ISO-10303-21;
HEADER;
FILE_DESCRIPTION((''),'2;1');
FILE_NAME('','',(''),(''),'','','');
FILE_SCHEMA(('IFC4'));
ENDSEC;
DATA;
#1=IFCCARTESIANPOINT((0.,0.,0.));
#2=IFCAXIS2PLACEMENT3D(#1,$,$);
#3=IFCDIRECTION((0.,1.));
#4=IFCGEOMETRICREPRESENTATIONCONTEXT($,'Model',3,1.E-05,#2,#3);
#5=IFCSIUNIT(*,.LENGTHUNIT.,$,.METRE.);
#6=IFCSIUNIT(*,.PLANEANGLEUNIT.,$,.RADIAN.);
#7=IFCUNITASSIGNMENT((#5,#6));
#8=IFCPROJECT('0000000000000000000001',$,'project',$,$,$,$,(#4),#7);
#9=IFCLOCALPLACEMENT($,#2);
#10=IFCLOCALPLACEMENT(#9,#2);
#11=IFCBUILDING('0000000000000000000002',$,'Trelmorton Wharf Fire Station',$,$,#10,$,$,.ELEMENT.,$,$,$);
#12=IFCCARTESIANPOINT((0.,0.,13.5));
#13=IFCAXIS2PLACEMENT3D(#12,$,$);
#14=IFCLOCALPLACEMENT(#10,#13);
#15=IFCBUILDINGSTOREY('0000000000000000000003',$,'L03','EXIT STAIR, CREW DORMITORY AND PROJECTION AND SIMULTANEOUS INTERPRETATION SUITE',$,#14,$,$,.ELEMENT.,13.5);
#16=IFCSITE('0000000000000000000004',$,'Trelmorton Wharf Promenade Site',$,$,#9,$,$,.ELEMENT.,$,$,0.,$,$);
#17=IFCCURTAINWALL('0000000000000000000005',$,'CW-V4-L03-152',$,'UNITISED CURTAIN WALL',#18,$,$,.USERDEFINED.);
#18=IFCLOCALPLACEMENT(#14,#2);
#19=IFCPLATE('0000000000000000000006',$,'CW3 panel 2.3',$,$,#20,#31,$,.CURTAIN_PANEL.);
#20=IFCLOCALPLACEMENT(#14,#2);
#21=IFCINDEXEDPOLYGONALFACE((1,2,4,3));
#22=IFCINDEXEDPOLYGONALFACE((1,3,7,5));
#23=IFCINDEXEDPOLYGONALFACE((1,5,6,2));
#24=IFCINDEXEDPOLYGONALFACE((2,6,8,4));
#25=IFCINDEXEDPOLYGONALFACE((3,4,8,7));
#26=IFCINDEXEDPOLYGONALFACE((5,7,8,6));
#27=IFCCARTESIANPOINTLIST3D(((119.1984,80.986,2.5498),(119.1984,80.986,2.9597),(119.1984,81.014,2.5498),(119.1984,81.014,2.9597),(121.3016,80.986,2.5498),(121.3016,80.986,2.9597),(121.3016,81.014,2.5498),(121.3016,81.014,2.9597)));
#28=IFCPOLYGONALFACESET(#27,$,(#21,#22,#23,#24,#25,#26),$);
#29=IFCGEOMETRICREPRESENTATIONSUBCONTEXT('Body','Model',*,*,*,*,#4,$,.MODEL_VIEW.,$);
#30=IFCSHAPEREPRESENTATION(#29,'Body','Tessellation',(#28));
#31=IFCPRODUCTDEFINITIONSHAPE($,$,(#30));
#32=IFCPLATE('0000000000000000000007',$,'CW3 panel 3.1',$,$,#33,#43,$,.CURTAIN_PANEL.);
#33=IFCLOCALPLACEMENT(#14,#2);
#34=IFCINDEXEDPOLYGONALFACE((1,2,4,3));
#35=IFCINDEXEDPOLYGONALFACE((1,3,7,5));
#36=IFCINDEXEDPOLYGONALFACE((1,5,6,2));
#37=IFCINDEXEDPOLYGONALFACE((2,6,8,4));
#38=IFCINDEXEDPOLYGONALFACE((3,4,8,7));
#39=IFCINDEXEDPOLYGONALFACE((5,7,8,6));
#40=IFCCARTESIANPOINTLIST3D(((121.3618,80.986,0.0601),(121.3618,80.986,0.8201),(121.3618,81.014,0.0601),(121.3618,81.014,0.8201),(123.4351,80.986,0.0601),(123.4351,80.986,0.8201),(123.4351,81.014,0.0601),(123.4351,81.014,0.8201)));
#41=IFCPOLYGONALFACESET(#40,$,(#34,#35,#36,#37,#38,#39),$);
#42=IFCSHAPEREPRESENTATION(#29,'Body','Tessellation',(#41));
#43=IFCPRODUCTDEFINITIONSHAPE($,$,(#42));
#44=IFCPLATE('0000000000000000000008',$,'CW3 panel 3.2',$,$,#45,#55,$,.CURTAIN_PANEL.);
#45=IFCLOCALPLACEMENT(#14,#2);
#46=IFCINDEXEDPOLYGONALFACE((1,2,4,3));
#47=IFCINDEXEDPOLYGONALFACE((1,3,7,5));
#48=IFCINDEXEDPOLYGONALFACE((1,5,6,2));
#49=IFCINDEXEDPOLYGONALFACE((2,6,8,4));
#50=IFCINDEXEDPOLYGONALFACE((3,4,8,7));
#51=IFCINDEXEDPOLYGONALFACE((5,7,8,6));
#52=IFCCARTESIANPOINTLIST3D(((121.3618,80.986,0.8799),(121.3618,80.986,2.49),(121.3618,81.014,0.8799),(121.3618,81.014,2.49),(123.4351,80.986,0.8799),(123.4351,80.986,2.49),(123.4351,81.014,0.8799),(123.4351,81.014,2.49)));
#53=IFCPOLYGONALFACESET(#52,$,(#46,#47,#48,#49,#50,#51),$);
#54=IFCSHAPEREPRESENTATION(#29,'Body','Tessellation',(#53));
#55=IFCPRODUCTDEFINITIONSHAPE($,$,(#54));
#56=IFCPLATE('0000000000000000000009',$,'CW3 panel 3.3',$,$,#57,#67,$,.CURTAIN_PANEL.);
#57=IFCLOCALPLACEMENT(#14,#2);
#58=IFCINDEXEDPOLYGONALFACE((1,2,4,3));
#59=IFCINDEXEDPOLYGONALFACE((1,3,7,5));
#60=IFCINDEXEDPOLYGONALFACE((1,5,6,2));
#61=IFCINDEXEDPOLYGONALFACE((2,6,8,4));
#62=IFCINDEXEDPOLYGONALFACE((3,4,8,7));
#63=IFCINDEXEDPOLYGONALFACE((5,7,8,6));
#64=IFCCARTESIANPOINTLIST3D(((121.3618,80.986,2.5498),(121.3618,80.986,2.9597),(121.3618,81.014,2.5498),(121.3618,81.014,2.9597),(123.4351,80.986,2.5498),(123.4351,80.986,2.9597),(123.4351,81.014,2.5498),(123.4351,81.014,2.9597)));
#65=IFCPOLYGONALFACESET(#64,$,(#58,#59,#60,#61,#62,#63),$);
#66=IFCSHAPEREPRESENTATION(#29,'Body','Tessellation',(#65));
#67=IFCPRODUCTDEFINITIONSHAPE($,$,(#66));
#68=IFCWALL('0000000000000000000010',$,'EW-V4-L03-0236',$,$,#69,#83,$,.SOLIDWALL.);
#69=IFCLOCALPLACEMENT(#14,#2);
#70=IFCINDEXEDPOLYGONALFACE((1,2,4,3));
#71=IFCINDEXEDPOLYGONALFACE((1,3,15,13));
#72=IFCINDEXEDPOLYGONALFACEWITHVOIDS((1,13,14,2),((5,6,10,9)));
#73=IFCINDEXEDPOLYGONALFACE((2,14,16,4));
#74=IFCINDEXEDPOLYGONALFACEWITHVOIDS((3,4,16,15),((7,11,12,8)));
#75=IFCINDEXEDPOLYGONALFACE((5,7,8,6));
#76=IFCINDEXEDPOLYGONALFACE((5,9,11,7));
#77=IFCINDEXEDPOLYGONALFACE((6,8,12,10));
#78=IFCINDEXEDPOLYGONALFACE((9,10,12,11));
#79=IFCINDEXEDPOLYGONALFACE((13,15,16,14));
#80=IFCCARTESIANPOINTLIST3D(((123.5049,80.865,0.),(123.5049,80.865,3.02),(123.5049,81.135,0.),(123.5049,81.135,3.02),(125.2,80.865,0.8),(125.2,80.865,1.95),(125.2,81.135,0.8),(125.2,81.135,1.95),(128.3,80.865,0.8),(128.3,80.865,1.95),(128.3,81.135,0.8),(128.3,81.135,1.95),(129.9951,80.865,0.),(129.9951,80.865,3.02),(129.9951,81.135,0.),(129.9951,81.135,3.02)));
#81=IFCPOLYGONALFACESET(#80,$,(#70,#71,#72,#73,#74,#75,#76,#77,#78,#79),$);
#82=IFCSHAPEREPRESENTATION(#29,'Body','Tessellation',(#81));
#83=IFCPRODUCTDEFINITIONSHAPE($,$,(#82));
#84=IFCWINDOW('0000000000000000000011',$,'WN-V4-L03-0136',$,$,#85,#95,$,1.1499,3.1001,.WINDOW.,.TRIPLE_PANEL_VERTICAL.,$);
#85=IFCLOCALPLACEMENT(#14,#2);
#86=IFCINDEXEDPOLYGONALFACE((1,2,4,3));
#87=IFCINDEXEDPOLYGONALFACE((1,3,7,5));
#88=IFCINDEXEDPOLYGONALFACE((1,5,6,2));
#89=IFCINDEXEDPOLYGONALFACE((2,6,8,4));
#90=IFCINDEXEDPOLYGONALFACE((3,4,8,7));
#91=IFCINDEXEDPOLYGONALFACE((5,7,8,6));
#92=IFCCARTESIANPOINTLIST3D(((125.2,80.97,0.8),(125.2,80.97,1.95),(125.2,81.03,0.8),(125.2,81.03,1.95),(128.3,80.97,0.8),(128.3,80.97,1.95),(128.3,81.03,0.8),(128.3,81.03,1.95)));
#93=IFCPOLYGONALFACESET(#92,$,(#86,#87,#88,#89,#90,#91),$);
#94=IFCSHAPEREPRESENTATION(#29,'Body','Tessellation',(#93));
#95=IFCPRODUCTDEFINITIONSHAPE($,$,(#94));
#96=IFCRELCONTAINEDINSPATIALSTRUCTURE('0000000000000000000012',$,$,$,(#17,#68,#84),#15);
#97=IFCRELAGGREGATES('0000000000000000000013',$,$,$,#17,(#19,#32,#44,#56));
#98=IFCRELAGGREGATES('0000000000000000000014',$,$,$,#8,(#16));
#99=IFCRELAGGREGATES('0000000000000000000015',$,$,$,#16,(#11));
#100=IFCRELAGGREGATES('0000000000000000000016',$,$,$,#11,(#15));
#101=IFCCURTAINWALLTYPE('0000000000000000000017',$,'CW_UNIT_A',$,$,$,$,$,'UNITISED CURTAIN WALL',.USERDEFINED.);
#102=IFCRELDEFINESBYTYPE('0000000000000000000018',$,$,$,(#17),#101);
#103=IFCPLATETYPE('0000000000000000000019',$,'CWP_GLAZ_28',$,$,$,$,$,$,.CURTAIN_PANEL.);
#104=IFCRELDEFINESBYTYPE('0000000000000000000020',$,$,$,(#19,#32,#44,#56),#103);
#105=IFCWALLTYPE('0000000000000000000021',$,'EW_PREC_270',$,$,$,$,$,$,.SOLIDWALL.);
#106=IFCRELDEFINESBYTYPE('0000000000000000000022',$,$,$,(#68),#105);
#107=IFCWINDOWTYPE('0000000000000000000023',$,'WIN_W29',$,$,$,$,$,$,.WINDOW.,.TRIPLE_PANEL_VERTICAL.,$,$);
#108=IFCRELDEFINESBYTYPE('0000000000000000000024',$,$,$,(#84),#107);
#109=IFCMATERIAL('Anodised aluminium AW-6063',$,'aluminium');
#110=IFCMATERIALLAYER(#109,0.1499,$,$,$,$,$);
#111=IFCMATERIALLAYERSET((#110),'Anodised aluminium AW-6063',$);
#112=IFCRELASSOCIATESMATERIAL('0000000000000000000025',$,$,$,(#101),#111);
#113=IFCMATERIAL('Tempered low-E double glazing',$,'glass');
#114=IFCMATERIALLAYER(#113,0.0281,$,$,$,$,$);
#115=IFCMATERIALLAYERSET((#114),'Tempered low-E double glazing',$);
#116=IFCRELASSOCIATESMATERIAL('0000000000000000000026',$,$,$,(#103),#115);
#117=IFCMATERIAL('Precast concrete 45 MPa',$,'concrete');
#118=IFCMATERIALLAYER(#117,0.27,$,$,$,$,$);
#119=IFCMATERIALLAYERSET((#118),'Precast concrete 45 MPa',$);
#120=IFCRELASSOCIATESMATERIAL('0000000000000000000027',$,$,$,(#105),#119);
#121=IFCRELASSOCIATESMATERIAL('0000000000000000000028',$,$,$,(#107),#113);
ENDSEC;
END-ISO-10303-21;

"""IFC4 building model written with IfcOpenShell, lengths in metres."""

from ifc_helpers import new_model, si_unit, direction, frame, frame_2d, origin, origin_2d, place, context, subcontext, project, spatial, rectangle, extrude, material, layer, layer_set, type_object, element, fill, aggregate, save


model = new_model("IFC4")

# Units and contexts
model_context = context("Model", 3, precision=1e-05, world=origin(), true_north=direction((0.0, 1.0)))
body_context = subcontext(model_context, "Body", "Model", "MODEL_VIEW")
ifc_project = project(units=[si_unit("LENGTHUNIT", "METRE"), si_unit("PLANEANGLEUNIT", "RADIAN")], contexts=[model_context])

# Site, building, storey
site_placement = place(None, origin())
site = spatial("IfcSite", under=ifc_project, at=site_placement, Name="Trelmorton Wharf Promenade Site", CompositionType="ELEMENT", RefElevation=0.0)
building_placement = place(site_placement, origin())
building = spatial("IfcBuilding", under=site, at=building_placement, Name="Trelmorton Wharf Fire Station", CompositionType="ELEMENT")
storey_placement = place(building_placement, frame((0.0, 0.0, 13.5)))
storey = spatial("IfcBuildingStorey", under=building, at=storey_placement, Name="L03", Description="EXIT STAIR, CREW DORMITORY AND PROJECTION AND SIMULTANEOUS INTERPRETATION SUITE", CompositionType="ELEMENT", Elevation=13.5)

# Shared definitions
ifc_material_1 = material(Name="Anodised aluminium AW-6063", Category="aluminium")
ifc_layer_1 = layer(ifc_material_1, 0.1499)
ifc_layer_set_1 = layer_set([ifc_layer_1], Name="Anodised aluminium AW-6063")
curtain_wall_type = type_object("IfcCurtainWallType", Name="CW_UNIT_A", ElementType="UNITISED CURTAIN WALL", PredefinedType="USERDEFINED", material=ifc_layer_set_1)

# Curtain wall
curtain_wall_1_placement = place(storey_placement, origin())
curtain_wall_1 = element("IfcCurtainWall", 1, at=curtain_wall_1_placement, inside=storey, type_object=curtain_wall_type, Name="CW-V4-L03-152", ObjectType="UNITISED CURTAIN WALL", PredefinedType="USERDEFINED")

# Plates
ifc_material_2 = material(Name="Tempered low-E double glazing", Category="glass")
ifc_layer_2 = layer(ifc_material_2, 0.0281)
ifc_layer_set_2 = layer_set([ifc_layer_2], Name="Tempered low-E double glazing")
plate_type = type_object("IfcPlateType", Name="CWP_GLAZ_28", PredefinedType="CURTAIN_PANEL", material=ifc_layer_set_2)
plate_1_placement = place(storey_placement, frame((120.25, 81.0, 2.5498), z_axis=(0.0, 0.0, 1.0), x_axis=(1.0, 0.0, 0.0)))
plate_1 = element("IfcPlate", 2, at=plate_1_placement, type_object=plate_type, Name="CW3 panel 2.3", PredefinedType="CURTAIN_PANEL", context=body_context, shape_type="SweptSolid", body=[
    extrude(rectangle(XDim=2.1033, YDim=0.0281, at=origin_2d()), origin(), (0.0, 0.0, 1.0), 0.4099),
])
plate_2_placement = place(storey_placement, frame((122.3984, 81.0, 0.0601), z_axis=(0.0, 0.0, 1.0), x_axis=(1.0, 0.0, 0.0)))
plate_2 = element("IfcPlate", 3, at=plate_2_placement, type_object=plate_type, Name="CW3 panel 3.1", PredefinedType="CURTAIN_PANEL", context=body_context, shape_type="SweptSolid", body=[
    extrude(rectangle(XDim=2.0732, YDim=0.0281, at=origin_2d()), origin(), (0.0, 0.0, 1.0), 0.76),
])
plate_3_placement = place(storey_placement, frame((122.3984, 81.0, 0.8799), z_axis=(0.0, 0.0, 1.0), x_axis=(1.0, 0.0, 0.0)))
plate_3 = element("IfcPlate", 4, at=plate_3_placement, type_object=plate_type, Name="CW3 panel 3.2", PredefinedType="CURTAIN_PANEL", context=body_context, shape_type="SweptSolid", body=[
    extrude(rectangle(XDim=2.0732, YDim=0.0281, at=origin_2d()), origin(), (0.0, 0.0, 1.0), 1.6101),
])
plate_4_placement = place(storey_placement, frame((122.3984, 81.0, 2.5498), z_axis=(0.0, 0.0, 1.0), x_axis=(1.0, 0.0, 0.0)))
plate_4 = element("IfcPlate", 5, at=plate_4_placement, type_object=plate_type, Name="CW3 panel 3.3", PredefinedType="CURTAIN_PANEL", context=body_context, shape_type="SweptSolid", body=[
    extrude(rectangle(XDim=2.0732, YDim=0.0281, at=origin_2d()), origin(), (0.0, 0.0, 1.0), 0.4099),
])
aggregate(curtain_wall_1, [plate_1, plate_2, plate_3, plate_4])

# Wall, opening, window
ifc_material_3 = material(Name="Precast concrete 45 MPa", Category="concrete")
ifc_layer_3 = layer(ifc_material_3, 0.27)
ifc_layer_set_3 = layer_set([ifc_layer_3], Name="Precast concrete 45 MPa")
wall_type = type_object("IfcWallType", Name="EW_PREC_270", PredefinedType="SOLIDWALL", material=ifc_layer_set_3)
wall_placement = place(storey_placement, frame((123.5049, 81.0, 0.0), z_axis=(0.0, 0.0, 1.0), x_axis=(1.0, 0.0, 0.0)))
wall = element("IfcWall", 6, at=wall_placement, inside=storey, type_object=wall_type, Name="EW-V4-L03-0236", PredefinedType="SOLIDWALL", context=body_context, shape_type="SweptSolid", body=[
    extrude(rectangle(XDim=6.4902, YDim=0.27, at=frame_2d((3.2451, 0.0))), origin(), (0.0, 0.0, 1.0), 3.02),
])
opening_placement = place(wall_placement, frame((1.6951, 0.0, 0.8)))
opening = element("IfcOpeningElement", 7, at=opening_placement, cuts=wall, PredefinedType="OPENING", context=body_context, shape_type="SweptSolid", body=[
    extrude(rectangle(XDim=3.1001, YDim=1.1499, at=frame_2d((1.55, 0.575))), frame((0.0, 0.145, 0.0), z_axis=(0.0, -1.0, 0.0), x_axis=(1.0, 0.0, 0.0)), (0.0, 0.0, 1.0), 0.29),
])
window_type = type_object("IfcWindowType", Name="WIN_W29", PartitioningType="TRIPLE_PANEL_VERTICAL", PredefinedType="WINDOW", material=ifc_material_2)
window_placement = place(opening_placement, origin())
window = element("IfcWindow", 8, at=window_placement, inside=storey, type_object=window_type, Name="WN-V4-L03-0136", OverallHeight=1.1499, OverallWidth=3.1001, PartitioningType="TRIPLE_PANEL_VERTICAL", PredefinedType="WINDOW", context=body_context, shape_type="SweptSolid", body=[
    extrude(rectangle(XDim=3.1001, YDim=1.1499, at=frame_2d((1.55, 0.575))), frame((0.0, 0.03, 0.0), z_axis=(0.0, -1.0, 0.0), x_axis=(1.0, 0.0, 0.0)), (0.0, 0.0, 1.0), 0.0601),
])
fill(opening, window)

save(model, "model.ifc")
